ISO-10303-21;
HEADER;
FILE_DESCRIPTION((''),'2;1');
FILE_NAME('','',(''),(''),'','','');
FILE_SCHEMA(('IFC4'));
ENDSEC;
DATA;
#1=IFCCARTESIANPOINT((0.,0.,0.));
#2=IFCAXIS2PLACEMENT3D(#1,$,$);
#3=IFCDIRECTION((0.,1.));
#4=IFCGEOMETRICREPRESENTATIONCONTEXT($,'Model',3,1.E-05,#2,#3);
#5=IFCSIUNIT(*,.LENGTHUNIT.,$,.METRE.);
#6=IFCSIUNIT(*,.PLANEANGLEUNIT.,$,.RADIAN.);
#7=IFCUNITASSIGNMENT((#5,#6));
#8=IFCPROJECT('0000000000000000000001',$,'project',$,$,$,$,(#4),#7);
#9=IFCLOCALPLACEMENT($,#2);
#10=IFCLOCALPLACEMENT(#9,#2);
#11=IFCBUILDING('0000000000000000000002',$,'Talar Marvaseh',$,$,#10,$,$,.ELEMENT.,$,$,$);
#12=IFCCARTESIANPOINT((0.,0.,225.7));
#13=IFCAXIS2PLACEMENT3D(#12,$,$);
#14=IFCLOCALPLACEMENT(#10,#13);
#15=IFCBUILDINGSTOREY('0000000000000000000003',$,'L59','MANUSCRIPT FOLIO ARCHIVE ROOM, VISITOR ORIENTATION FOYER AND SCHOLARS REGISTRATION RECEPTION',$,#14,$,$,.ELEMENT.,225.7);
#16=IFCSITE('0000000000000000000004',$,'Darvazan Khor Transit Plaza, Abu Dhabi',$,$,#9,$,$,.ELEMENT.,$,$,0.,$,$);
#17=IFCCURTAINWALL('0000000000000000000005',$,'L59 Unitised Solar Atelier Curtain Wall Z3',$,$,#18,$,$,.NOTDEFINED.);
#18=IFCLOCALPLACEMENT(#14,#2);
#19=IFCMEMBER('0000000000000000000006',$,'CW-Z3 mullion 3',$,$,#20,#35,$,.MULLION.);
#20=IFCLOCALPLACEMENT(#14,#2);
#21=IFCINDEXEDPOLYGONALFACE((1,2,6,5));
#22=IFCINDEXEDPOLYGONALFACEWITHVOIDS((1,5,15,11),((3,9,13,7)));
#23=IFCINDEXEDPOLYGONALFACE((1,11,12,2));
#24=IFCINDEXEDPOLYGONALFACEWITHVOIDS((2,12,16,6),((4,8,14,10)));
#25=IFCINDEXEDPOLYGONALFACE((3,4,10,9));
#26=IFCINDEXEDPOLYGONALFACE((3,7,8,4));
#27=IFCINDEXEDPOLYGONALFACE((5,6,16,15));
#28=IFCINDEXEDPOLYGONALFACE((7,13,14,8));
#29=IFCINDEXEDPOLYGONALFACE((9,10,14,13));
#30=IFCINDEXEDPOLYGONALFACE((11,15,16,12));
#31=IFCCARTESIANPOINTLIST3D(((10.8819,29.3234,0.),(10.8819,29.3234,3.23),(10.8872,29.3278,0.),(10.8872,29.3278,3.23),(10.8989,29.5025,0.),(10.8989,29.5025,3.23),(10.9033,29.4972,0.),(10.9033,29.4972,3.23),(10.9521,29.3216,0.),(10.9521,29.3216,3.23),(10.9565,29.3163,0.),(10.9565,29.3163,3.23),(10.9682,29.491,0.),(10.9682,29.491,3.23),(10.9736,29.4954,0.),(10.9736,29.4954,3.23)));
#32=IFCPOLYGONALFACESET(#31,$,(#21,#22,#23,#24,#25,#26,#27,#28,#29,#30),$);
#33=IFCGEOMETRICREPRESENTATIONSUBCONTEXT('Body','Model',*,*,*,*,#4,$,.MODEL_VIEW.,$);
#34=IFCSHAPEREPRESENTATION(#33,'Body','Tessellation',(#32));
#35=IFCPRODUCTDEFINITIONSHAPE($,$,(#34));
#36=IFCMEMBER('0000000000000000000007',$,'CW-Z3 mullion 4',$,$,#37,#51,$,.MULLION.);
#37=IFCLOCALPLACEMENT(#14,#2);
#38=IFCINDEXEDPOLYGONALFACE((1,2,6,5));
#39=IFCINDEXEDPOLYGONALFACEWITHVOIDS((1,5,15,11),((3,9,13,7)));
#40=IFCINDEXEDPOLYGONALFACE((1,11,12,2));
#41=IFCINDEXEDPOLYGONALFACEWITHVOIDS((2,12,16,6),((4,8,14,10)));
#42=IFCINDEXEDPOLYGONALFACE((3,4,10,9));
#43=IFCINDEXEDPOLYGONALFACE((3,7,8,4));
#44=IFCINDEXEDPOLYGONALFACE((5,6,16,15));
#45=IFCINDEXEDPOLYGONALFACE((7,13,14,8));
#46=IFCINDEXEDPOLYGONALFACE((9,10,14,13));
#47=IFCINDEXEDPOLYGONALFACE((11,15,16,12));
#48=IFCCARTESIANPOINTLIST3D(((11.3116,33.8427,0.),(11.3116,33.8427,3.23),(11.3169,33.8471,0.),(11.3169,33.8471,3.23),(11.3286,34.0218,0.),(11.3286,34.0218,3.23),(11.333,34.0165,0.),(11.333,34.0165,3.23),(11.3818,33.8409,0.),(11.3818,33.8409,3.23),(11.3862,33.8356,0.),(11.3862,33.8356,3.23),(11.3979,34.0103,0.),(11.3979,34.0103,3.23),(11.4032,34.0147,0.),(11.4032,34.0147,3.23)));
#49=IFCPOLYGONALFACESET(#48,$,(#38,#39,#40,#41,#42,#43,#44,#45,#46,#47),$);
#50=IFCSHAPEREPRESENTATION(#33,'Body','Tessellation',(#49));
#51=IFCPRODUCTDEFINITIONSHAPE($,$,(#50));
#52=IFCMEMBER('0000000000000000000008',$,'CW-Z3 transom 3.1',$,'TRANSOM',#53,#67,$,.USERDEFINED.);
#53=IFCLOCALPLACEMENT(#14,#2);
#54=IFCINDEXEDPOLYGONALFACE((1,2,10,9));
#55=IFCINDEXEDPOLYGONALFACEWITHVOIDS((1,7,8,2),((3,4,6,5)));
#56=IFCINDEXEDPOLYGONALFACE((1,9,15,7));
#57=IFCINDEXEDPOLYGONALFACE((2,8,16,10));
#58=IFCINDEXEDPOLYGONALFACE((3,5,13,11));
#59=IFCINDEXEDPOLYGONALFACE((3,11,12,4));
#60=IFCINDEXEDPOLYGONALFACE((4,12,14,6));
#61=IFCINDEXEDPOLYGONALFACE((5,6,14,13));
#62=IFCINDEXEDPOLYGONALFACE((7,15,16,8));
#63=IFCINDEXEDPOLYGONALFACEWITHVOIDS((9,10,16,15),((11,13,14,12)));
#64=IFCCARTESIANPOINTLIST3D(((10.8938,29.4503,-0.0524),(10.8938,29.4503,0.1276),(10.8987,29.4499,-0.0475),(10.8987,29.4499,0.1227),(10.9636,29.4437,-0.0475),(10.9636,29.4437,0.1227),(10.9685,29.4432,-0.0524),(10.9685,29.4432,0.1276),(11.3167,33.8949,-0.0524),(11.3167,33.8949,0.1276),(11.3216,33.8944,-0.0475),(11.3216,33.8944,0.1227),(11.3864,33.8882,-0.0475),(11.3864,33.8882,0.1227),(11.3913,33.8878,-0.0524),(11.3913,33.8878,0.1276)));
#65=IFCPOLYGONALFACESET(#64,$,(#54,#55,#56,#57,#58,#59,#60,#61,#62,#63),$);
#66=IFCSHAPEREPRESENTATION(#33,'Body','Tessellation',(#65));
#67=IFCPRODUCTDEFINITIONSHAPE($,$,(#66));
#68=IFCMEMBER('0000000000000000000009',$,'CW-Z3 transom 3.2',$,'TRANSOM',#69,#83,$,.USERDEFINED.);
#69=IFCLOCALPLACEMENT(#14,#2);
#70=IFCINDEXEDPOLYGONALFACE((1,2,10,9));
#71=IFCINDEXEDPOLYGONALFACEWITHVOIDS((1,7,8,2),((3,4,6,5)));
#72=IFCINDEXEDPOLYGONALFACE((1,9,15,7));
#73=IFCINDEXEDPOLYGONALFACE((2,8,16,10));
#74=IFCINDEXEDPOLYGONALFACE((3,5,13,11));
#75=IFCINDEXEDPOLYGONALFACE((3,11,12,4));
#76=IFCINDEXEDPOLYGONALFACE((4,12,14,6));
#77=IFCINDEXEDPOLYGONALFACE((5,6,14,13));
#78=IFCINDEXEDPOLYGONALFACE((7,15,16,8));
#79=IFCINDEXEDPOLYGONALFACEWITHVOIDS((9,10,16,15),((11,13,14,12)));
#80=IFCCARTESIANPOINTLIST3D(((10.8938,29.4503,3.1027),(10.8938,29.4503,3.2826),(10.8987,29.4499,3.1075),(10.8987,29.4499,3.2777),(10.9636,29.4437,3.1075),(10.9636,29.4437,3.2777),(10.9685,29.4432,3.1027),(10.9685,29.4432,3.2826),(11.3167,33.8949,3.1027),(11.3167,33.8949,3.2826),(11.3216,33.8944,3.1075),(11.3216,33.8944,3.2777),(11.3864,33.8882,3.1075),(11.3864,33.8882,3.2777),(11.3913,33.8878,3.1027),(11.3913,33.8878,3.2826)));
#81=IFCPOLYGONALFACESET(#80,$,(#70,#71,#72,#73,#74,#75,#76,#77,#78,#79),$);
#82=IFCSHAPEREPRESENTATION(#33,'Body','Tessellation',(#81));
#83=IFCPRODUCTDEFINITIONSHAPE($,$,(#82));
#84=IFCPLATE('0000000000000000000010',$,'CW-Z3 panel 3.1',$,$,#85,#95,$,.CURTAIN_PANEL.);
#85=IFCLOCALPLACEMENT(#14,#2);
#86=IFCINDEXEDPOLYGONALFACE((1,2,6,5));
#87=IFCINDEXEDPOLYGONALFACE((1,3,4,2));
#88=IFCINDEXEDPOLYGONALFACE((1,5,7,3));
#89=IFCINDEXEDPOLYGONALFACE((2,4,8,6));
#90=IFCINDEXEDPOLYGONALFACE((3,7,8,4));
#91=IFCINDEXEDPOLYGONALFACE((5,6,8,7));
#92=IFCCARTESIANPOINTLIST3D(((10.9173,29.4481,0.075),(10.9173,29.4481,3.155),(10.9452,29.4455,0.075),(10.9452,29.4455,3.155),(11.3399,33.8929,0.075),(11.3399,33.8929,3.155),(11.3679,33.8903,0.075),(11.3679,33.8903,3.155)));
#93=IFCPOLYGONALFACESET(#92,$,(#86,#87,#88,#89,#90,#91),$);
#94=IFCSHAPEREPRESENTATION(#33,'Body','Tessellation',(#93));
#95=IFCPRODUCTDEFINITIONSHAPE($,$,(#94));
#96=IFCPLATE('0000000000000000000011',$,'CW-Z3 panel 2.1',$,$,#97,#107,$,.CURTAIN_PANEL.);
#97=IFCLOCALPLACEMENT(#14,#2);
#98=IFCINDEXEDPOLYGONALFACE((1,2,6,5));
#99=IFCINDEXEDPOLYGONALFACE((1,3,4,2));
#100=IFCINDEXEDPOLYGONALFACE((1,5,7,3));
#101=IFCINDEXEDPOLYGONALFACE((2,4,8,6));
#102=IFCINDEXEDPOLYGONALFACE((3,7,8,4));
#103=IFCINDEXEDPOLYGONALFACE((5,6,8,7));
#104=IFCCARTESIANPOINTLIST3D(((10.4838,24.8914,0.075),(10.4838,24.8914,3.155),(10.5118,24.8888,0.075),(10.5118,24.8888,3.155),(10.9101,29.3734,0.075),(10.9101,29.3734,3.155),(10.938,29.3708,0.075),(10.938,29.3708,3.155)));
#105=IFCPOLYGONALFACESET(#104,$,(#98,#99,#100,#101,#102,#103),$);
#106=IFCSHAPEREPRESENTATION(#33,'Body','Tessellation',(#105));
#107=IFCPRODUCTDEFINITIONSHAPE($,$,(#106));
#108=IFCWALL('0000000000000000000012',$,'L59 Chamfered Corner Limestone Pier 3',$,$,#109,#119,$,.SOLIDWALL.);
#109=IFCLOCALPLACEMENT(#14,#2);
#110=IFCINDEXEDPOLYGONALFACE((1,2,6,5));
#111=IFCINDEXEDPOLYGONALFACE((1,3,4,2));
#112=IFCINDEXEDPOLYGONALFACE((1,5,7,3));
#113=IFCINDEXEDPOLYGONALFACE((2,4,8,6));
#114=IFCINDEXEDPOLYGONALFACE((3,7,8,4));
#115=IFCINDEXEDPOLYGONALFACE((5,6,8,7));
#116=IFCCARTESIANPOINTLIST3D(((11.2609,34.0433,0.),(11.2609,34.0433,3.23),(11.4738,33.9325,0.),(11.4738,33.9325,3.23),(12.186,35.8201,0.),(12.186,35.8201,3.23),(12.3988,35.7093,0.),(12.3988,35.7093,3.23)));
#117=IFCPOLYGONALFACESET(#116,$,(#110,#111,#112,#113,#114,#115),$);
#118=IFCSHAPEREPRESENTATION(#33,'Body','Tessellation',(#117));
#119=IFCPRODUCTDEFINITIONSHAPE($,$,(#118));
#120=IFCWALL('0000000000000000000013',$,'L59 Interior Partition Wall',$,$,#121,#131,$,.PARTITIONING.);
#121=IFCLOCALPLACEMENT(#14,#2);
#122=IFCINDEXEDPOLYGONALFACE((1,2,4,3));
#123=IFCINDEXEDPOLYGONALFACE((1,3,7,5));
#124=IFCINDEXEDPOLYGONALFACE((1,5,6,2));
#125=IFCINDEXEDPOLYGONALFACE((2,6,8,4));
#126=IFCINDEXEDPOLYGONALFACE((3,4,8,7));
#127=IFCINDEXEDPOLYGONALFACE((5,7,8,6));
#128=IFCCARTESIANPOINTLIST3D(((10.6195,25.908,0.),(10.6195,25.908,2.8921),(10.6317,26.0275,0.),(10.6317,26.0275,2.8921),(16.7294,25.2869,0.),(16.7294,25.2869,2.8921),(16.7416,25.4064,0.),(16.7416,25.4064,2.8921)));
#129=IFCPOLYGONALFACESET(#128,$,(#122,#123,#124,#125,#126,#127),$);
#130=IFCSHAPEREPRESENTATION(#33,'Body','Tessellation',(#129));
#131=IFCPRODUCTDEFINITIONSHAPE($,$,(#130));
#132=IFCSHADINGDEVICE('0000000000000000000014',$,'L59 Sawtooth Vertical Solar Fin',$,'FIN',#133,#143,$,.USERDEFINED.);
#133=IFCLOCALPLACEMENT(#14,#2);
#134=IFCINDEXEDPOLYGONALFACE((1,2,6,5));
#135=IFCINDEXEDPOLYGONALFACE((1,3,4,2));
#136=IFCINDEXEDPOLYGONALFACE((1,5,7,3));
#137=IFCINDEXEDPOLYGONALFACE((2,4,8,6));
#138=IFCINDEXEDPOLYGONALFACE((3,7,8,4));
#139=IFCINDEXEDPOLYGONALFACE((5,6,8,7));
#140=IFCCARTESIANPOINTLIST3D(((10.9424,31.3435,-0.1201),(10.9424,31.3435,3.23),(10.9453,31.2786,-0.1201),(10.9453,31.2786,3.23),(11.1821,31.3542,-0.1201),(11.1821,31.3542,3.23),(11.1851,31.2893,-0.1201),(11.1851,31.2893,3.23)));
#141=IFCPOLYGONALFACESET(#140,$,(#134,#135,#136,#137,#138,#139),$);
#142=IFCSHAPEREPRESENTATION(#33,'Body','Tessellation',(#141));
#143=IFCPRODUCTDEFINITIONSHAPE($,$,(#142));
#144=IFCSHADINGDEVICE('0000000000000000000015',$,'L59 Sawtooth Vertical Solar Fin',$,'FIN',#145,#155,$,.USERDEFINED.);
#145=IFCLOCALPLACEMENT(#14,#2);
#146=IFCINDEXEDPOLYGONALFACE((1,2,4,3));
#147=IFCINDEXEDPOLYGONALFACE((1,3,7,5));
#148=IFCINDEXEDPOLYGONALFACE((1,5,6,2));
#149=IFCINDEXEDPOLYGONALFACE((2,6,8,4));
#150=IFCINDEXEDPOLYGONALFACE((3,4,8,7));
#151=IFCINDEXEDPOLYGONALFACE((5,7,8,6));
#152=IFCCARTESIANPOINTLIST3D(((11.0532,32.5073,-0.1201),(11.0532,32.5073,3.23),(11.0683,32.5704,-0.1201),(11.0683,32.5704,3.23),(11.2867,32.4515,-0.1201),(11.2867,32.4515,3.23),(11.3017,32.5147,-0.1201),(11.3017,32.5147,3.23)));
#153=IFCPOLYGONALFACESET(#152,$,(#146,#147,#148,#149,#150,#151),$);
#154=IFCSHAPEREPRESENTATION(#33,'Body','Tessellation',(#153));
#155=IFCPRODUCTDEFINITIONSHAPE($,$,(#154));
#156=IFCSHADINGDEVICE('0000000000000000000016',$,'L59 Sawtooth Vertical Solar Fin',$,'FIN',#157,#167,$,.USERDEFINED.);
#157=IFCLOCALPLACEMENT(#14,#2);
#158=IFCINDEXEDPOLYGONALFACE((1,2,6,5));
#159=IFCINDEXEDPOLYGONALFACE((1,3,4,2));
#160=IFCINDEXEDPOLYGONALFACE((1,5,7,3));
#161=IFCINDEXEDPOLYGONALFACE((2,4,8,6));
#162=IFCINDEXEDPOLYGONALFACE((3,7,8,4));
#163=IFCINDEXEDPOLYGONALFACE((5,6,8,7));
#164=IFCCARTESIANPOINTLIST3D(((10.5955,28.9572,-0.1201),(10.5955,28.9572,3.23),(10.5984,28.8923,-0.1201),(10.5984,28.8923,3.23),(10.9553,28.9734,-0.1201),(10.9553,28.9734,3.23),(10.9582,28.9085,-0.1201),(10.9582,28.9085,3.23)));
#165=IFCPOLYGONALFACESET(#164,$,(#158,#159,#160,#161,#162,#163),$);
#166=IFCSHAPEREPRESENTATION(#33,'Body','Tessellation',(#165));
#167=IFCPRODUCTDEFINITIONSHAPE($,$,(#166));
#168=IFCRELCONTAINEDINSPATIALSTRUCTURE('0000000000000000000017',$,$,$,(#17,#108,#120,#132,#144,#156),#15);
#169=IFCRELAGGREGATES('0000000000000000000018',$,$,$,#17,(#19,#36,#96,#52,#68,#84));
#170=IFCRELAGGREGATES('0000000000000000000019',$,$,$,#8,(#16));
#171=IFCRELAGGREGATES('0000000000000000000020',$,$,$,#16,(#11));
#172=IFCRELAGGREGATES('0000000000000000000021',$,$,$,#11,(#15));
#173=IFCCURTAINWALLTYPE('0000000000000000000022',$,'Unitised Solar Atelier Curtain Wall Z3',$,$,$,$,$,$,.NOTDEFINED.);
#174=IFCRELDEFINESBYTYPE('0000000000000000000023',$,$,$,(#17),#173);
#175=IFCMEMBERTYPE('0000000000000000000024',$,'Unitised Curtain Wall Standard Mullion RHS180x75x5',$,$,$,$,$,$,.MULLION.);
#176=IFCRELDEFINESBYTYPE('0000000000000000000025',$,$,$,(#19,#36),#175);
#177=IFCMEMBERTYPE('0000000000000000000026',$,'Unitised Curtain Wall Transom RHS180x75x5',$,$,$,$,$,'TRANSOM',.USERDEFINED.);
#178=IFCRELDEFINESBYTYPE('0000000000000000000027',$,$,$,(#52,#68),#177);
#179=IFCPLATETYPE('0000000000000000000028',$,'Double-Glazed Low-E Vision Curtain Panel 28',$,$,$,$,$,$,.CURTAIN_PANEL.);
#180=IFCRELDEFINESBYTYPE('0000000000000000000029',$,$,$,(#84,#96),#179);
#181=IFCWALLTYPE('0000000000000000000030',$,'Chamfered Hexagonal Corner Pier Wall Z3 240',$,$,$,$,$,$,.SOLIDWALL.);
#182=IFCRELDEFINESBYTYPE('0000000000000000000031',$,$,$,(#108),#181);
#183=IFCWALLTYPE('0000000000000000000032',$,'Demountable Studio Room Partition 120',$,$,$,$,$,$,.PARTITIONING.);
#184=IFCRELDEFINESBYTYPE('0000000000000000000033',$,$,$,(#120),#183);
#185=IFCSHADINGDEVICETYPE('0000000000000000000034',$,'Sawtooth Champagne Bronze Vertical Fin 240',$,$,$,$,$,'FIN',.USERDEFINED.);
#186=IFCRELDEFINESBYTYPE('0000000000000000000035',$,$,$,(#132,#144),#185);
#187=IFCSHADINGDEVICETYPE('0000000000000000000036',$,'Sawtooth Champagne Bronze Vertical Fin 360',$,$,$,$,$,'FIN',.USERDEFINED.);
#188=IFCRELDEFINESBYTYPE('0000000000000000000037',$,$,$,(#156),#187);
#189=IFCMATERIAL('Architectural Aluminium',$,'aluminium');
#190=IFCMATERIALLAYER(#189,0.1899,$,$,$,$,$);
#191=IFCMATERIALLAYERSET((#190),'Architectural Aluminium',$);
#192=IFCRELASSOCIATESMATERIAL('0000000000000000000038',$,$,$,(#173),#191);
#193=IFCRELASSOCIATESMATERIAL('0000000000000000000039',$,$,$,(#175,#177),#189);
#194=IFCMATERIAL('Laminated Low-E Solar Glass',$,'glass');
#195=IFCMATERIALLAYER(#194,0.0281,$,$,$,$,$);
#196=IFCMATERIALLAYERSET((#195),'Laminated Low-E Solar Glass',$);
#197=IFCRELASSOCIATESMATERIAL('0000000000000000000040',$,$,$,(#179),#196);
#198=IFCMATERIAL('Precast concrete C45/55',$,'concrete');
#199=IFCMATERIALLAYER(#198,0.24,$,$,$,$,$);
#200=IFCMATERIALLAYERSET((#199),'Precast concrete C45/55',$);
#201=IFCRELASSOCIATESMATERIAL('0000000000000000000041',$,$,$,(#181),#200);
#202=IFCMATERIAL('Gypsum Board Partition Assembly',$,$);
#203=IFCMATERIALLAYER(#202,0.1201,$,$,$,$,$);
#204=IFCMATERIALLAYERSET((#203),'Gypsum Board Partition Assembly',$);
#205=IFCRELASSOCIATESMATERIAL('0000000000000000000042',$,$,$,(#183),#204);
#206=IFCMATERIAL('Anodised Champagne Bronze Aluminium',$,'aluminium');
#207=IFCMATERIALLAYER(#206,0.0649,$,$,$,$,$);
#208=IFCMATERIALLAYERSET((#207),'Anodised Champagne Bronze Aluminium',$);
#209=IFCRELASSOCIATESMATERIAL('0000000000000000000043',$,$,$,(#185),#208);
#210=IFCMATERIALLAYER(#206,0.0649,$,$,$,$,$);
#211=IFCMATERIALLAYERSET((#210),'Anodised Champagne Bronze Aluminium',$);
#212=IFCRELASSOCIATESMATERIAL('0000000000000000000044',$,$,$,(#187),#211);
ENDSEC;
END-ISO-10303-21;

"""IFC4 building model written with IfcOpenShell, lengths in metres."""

from ifc_helpers import new_model, si_unit, direction, frame, frame_2d, origin, origin_2d, place, context, subcontext, project, spatial, rectangle, hollow_rectangle, extrude, source, transform, mapped, material, layer, layer_set, material_profile, profile_set, type_object, type_shapes, element, aggregate, save


model = new_model("IFC4")

# Units and contexts
model_context = context("Model", 3, precision=1e-05, world=origin(), true_north=direction((0.0, 1.0)))
body_context = subcontext(model_context, "Body", "Model", "MODEL_VIEW")
ifc_project = project(units=[si_unit("LENGTHUNIT", "METRE"), si_unit("PLANEANGLEUNIT", "RADIAN")], contexts=[model_context])

# Site, building, storey
site_placement = place(None, origin())
site = spatial("IfcSite", under=ifc_project, at=site_placement, Name="Darvazan Khor Transit Plaza, Abu Dhabi", CompositionType="ELEMENT", RefElevation=0.0)
building_placement = place(site_placement, origin())
building = spatial("IfcBuilding", under=site, at=building_placement, Name="Talar Marvaseh", CompositionType="ELEMENT")
storey_placement = place(building_placement, frame((0.0, 0.0, 225.7)))
storey = spatial("IfcBuildingStorey", under=building, at=storey_placement, Name="L59", Description="MANUSCRIPT FOLIO ARCHIVE ROOM, VISITOR ORIENTATION FOYER AND SCHOLARS REGISTRATION RECEPTION", CompositionType="ELEMENT", Elevation=225.7)

# Curtain wall, members, plates
ifc_material_1 = material(Name="Architectural Aluminium", Category="aluminium")
ifc_layer_1 = layer(ifc_material_1, 0.1899)
ifc_layer_set_1 = layer_set([ifc_layer_1], Name="Architectural Aluminium")
curtain_wall_type = type_object("IfcCurtainWallType", Name="Unitised Solar Atelier Curtain Wall Z3", PredefinedType="NOTDEFINED", material=ifc_layer_set_1)
curtain_wall_placement = place(storey_placement, origin())
curtain_wall = element("IfcCurtainWall", 1, at=curtain_wall_placement, inside=storey, type_object=curtain_wall_type, Name="L59 Unitised Solar Atelier Curtain Wall Z3", PredefinedType="NOTDEFINED")
ifc_material_profile_1 = material_profile(ifc_material_1, hollow_rectangle(XDim=0.075, YDim=0.1799, WallThickness=0.0049, at=origin_2d()), Name="RHS180x75x5")
ifc_profile_set_1 = profile_set([ifc_material_profile_1], Name="Architectural Aluminium")
member_type_1 = type_object("IfcMemberType", Name="Unitised Curtain Wall Standard Mullion RHS180x75x5", PredefinedType="MULLION", material=ifc_profile_set_1)
shared_shape_1 = source(origin(), body_context, "Body", "SweptSolid", [
    extrude(hollow_rectangle(XDim=0.075, YDim=0.1799, WallThickness=0.0049, at=origin_2d()), origin(), (0.0, 0.0, 1.0), 3.23),
])
type_shapes(member_type_1, [shared_shape_1])
member_1_placement = place(storey_placement, frame((10.9277, 29.4094, 0.0), z_axis=(0.0, 0.0, 1.0), x_axis=(-0.995509, 0.094671, 0.0)))
member_1 = element("IfcMember", 2, at=member_1_placement, type_object=member_type_1, Name="CW-Z3 mullion 3", PredefinedType="MULLION", context=body_context, shape_type="MappedRepresentation", body=[
    mapped(shared_shape_1, transform((0.0, 0.0, 0.0), x_axis=(1.0, 0.0, 0.0), y_axis=(0.0, 1.0, 0.0), z_axis=(0.0, 0.0, 1.0), scale=1.0)),
])
member_2_placement = place(storey_placement, frame((11.3574, 33.9287, 0.0), z_axis=(0.0, 0.0, 1.0), x_axis=(-0.995509, 0.094671, 0.0)))
member_2 = element("IfcMember", 3, at=member_2_placement, type_object=member_type_1, Name="CW-Z3 mullion 4", PredefinedType="MULLION", context=body_context, shape_type="MappedRepresentation", body=[
    mapped(shared_shape_1, transform((0.0, 0.0, 0.0), x_axis=(1.0, 0.0, 0.0), y_axis=(0.0, 1.0, 0.0), z_axis=(0.0, 0.0, 1.0), scale=1.0)),
])
ifc_material_profile_2 = material_profile(ifc_material_1, hollow_rectangle(XDim=0.075, YDim=0.1799, WallThickness=0.0049, at=origin_2d()), Name="RHS180x75x5")
ifc_profile_set_2 = profile_set([ifc_material_profile_2], Name="Architectural Aluminium")
member_type_2 = type_object("IfcMemberType", Name="Unitised Curtain Wall Transom RHS180x75x5", ElementType="TRANSOM", PredefinedType="USERDEFINED", material=ifc_profile_set_2)
shared_shape_2 = source(origin(), body_context, "Body", "SweptSolid", [
    extrude(hollow_rectangle(XDim=0.075, YDim=0.1799, WallThickness=0.0049, at=origin_2d()), origin(), (0.0, 0.0, 1.0), 4.4646),
])
type_shapes(member_type_2, [shared_shape_2])
member_3_placement = place(storey_placement, frame((10.9312, 29.4468, 0.0376), z_axis=(0.094711, 0.995505, 0.0), x_axis=(-0.995505, 0.094711, 0.0)))
member_3 = element("IfcMember", 4, at=member_3_placement, type_object=member_type_2, Name="CW-Z3 transom 3.1", ObjectType="TRANSOM", PredefinedType="USERDEFINED", context=body_context, shape_type="MappedRepresentation", body=[
    mapped(shared_shape_2, transform((0.0, 0.0, 0.0), x_axis=(1.0, 0.0, 0.0), y_axis=(0.0, 1.0, 0.0), z_axis=(0.0, 0.0, 1.0), scale=1.0)),
])
member_4_placement = place(storey_placement, frame((10.9312, 29.4468, 3.1926), z_axis=(0.094711, 0.995505, 0.0), x_axis=(-0.995505, 0.094711, 0.0)))
member_4 = element("IfcMember", 5, at=member_4_placement, type_object=member_type_2, Name="CW-Z3 transom 3.2", ObjectType="TRANSOM", PredefinedType="USERDEFINED", context=body_context, shape_type="MappedRepresentation", body=[
    mapped(shared_shape_2, transform((0.0, 0.0, 0.0), x_axis=(1.0, 0.0, 0.0), y_axis=(0.0, 1.0, 0.0), z_axis=(0.0, 0.0, 1.0), scale=1.0)),
])
ifc_material_2 = material(Name="Laminated Low-E Solar Glass", Category="glass")
ifc_layer_2 = layer(ifc_material_2, 0.0281)
ifc_layer_set_2 = layer_set([ifc_layer_2], Name="Laminated Low-E Solar Glass")
plate_type = type_object("IfcPlateType", Name="Double-Glazed Low-E Vision Curtain Panel 28", PredefinedType="CURTAIN_PANEL", material=ifc_layer_set_2)
shared_shape_3 = source(origin(), body_context, "Body", "SweptSolid", [
    extrude(rectangle(XDim=4.4648, YDim=0.0281, at=origin_2d()), origin(), (0.0, 0.0, 1.0), 3.0801),
])
plate_1_placement = place(storey_placement, frame((11.1426, 31.6692, 0.075), z_axis=(0.0, 0.0, 1.0), x_axis=(0.094671, 0.995509, 0.0)))
plate_1 = element("IfcPlate", 6, at=plate_1_placement, type_object=plate_type, Name="CW-Z3 panel 3.1", PredefinedType="CURTAIN_PANEL", context=body_context, shape_type="MappedRepresentation", body=[
    mapped(shared_shape_3, transform((0.0, 0.0, 0.0), x_axis=(1.0, 0.0, 0.0), y_axis=(0.0, 1.0, 0.0), z_axis=(0.0, 0.0, 1.0), scale=1.0)),
])
shared_shape_4 = source(origin(), body_context, "Body", "SweptSolid", [
    extrude(rectangle(XDim=4.5022, YDim=0.0281, at=origin_2d()), origin(), (0.0, 0.0, 1.0), 3.0801),
])
type_shapes(plate_type, [shared_shape_3, shared_shape_4])
plate_2_placement = place(storey_placement, frame((10.7109, 27.1311, 0.075), z_axis=(0.0, 0.0, 1.0), x_axis=(0.094671, 0.995509, 0.0)))
plate_2 = element("IfcPlate", 7, at=plate_2_placement, type_object=plate_type, Name="CW-Z3 panel 2.1", PredefinedType="CURTAIN_PANEL", context=body_context, shape_type="MappedRepresentation", body=[
    mapped(shared_shape_4, transform((0.0, 0.0, 0.0), x_axis=(1.0, 0.0, 0.0), y_axis=(0.0, 1.0, 0.0), z_axis=(0.0, 0.0, 1.0), scale=1.0)),
])
aggregate(curtain_wall, [member_1, member_2, plate_2, member_3, member_4, plate_1])

# Walls
ifc_material_3 = material(Name="Precast concrete C45/55", Category="concrete")
ifc_layer_3 = layer(ifc_material_3, 0.24)
ifc_layer_set_3 = layer_set([ifc_layer_3], Name="Precast concrete C45/55")
wall_type_1 = type_object("IfcWallType", Name="Chamfered Hexagonal Corner Pier Wall Z3 240", PredefinedType="SOLIDWALL", material=ifc_layer_set_3)
wall_1_placement = place(storey_placement, frame((11.3674, 33.988, 0.0), z_axis=(0.0, 0.0, 1.0), x_axis=(0.461779, 0.886995, 0.0)))
element("IfcWall", 8, at=wall_1_placement, inside=storey, type_object=wall_type_1, Name="L59 Chamfered Corner Limestone Pier 3", PredefinedType="SOLIDWALL", context=body_context, shape_type="SweptSolid", body=[
    extrude(rectangle(XDim=2.0032, YDim=0.24, at=frame_2d((1.0015, 0.0))), origin(), (0.0, 0.0, 1.0), 3.23),
])
ifc_material_4 = material(Name="Gypsum Board Partition Assembly")
ifc_layer_4 = layer(ifc_material_4, 0.1201)
ifc_layer_set_4 = layer_set([ifc_layer_4], Name="Gypsum Board Partition Assembly")
wall_type_2 = type_object("IfcWallType", Name="Demountable Studio Room Partition 120", PredefinedType="PARTITIONING", material=ifc_layer_set_4)
wall_2_placement = place(storey_placement, frame((10.6255, 25.9678, 0.0), z_axis=(0.0, 0.0, 1.0), x_axis=(0.994873, -0.101133, 0.0)))
element("IfcWall", 9, at=wall_2_placement, inside=storey, type_object=wall_type_2, Name="L59 Interior Partition Wall", PredefinedType="PARTITIONING", context=body_context, shape_type="SweptSolid", body=[
    extrude(rectangle(XDim=6.1414, YDim=0.1201, at=frame_2d((3.0708, 0.0))), origin(), (0.0, 0.0, 1.0), 2.8921),
])

# Shading devices
ifc_material_5 = material(Name="Anodised Champagne Bronze Aluminium", Category="aluminium")
ifc_layer_5 = layer(ifc_material_5, 0.0649)
ifc_layer_set_5 = layer_set([ifc_layer_5], Name="Anodised Champagne Bronze Aluminium")
shading_device_type_1 = type_object("IfcShadingDeviceType", Name="Sawtooth Champagne Bronze Vertical Fin 240", ElementType="FIN", PredefinedType="USERDEFINED", material=ifc_layer_set_5)
shared_shape_5 = source(origin(), body_context, "Body", "SweptSolid", [
    extrude(rectangle(XDim=0.24, YDim=0.0649, at=origin_2d()), origin(), (0.0, 0.0, 1.0), 3.3501),
])
type_shapes(shading_device_type_1, [shared_shape_5])
for number, where, z_axis, x_axis, name in (
    (10, (11.0637, 31.3164, -0.1201), (0.0, 0.0, 1.0), (-0.998994, -0.04484, 0.0), "L59 Sawtooth Vertical Solar Fin"),
    (11, (11.1775, 32.511, -0.1201), (0.0, 0.0, 1.0), (-0.972654, 0.232257, 0.0), "L59 Sawtooth Vertical Solar Fin"),
):
    element("IfcShadingDevice", number, at=place(storey_placement, frame(where, z_axis=z_axis, x_axis=x_axis)), inside=storey, type_object=shading_device_type_1, Name=name, ObjectType="FIN", PredefinedType="USERDEFINED", context=body_context, shape_type="MappedRepresentation", body=[
        mapped(shared_shape_5, transform((0.0, 0.0, 0.0), x_axis=(1.0, 0.0, 0.0), y_axis=(0.0, 1.0, 0.0), z_axis=(0.0, 0.0, 1.0), scale=1.0)),
    ])
ifc_layer_6 = layer(ifc_material_5, 0.0649)
ifc_layer_set_6 = layer_set([ifc_layer_6], Name="Anodised Champagne Bronze Aluminium")
shading_device_type_2 = type_object("IfcShadingDeviceType", Name="Sawtooth Champagne Bronze Vertical Fin 360", ElementType="FIN", PredefinedType="USERDEFINED", material=ifc_layer_set_6)
shared_shape_6 = source(origin(), body_context, "Body", "SweptSolid", [
    extrude(rectangle(XDim=0.3601, YDim=0.0649, at=origin_2d()), origin(), (0.0, 0.0, 1.0), 3.3501),
])
type_shapes(shading_device_type_2, [shared_shape_6])
for number, where, z_axis, x_axis, name in (
    (12, (10.7769, 28.9329, -0.1201), (0.0, 0.0, 1.0), (-0.998994, -0.04484, 0.0), "L59 Sawtooth Vertical Solar Fin"),
):
    element("IfcShadingDevice", number, at=place(storey_placement, frame(where, z_axis=z_axis, x_axis=x_axis)), inside=storey, type_object=shading_device_type_2, Name=name, ObjectType="FIN", PredefinedType="USERDEFINED", context=body_context, shape_type="MappedRepresentation", body=[
        mapped(shared_shape_6, transform((0.0, 0.0, 0.0), x_axis=(1.0, 0.0, 0.0), y_axis=(0.0, 1.0, 0.0), z_axis=(0.0, 0.0, 1.0), scale=1.0)),
    ])

save(model, "model.ifc")
